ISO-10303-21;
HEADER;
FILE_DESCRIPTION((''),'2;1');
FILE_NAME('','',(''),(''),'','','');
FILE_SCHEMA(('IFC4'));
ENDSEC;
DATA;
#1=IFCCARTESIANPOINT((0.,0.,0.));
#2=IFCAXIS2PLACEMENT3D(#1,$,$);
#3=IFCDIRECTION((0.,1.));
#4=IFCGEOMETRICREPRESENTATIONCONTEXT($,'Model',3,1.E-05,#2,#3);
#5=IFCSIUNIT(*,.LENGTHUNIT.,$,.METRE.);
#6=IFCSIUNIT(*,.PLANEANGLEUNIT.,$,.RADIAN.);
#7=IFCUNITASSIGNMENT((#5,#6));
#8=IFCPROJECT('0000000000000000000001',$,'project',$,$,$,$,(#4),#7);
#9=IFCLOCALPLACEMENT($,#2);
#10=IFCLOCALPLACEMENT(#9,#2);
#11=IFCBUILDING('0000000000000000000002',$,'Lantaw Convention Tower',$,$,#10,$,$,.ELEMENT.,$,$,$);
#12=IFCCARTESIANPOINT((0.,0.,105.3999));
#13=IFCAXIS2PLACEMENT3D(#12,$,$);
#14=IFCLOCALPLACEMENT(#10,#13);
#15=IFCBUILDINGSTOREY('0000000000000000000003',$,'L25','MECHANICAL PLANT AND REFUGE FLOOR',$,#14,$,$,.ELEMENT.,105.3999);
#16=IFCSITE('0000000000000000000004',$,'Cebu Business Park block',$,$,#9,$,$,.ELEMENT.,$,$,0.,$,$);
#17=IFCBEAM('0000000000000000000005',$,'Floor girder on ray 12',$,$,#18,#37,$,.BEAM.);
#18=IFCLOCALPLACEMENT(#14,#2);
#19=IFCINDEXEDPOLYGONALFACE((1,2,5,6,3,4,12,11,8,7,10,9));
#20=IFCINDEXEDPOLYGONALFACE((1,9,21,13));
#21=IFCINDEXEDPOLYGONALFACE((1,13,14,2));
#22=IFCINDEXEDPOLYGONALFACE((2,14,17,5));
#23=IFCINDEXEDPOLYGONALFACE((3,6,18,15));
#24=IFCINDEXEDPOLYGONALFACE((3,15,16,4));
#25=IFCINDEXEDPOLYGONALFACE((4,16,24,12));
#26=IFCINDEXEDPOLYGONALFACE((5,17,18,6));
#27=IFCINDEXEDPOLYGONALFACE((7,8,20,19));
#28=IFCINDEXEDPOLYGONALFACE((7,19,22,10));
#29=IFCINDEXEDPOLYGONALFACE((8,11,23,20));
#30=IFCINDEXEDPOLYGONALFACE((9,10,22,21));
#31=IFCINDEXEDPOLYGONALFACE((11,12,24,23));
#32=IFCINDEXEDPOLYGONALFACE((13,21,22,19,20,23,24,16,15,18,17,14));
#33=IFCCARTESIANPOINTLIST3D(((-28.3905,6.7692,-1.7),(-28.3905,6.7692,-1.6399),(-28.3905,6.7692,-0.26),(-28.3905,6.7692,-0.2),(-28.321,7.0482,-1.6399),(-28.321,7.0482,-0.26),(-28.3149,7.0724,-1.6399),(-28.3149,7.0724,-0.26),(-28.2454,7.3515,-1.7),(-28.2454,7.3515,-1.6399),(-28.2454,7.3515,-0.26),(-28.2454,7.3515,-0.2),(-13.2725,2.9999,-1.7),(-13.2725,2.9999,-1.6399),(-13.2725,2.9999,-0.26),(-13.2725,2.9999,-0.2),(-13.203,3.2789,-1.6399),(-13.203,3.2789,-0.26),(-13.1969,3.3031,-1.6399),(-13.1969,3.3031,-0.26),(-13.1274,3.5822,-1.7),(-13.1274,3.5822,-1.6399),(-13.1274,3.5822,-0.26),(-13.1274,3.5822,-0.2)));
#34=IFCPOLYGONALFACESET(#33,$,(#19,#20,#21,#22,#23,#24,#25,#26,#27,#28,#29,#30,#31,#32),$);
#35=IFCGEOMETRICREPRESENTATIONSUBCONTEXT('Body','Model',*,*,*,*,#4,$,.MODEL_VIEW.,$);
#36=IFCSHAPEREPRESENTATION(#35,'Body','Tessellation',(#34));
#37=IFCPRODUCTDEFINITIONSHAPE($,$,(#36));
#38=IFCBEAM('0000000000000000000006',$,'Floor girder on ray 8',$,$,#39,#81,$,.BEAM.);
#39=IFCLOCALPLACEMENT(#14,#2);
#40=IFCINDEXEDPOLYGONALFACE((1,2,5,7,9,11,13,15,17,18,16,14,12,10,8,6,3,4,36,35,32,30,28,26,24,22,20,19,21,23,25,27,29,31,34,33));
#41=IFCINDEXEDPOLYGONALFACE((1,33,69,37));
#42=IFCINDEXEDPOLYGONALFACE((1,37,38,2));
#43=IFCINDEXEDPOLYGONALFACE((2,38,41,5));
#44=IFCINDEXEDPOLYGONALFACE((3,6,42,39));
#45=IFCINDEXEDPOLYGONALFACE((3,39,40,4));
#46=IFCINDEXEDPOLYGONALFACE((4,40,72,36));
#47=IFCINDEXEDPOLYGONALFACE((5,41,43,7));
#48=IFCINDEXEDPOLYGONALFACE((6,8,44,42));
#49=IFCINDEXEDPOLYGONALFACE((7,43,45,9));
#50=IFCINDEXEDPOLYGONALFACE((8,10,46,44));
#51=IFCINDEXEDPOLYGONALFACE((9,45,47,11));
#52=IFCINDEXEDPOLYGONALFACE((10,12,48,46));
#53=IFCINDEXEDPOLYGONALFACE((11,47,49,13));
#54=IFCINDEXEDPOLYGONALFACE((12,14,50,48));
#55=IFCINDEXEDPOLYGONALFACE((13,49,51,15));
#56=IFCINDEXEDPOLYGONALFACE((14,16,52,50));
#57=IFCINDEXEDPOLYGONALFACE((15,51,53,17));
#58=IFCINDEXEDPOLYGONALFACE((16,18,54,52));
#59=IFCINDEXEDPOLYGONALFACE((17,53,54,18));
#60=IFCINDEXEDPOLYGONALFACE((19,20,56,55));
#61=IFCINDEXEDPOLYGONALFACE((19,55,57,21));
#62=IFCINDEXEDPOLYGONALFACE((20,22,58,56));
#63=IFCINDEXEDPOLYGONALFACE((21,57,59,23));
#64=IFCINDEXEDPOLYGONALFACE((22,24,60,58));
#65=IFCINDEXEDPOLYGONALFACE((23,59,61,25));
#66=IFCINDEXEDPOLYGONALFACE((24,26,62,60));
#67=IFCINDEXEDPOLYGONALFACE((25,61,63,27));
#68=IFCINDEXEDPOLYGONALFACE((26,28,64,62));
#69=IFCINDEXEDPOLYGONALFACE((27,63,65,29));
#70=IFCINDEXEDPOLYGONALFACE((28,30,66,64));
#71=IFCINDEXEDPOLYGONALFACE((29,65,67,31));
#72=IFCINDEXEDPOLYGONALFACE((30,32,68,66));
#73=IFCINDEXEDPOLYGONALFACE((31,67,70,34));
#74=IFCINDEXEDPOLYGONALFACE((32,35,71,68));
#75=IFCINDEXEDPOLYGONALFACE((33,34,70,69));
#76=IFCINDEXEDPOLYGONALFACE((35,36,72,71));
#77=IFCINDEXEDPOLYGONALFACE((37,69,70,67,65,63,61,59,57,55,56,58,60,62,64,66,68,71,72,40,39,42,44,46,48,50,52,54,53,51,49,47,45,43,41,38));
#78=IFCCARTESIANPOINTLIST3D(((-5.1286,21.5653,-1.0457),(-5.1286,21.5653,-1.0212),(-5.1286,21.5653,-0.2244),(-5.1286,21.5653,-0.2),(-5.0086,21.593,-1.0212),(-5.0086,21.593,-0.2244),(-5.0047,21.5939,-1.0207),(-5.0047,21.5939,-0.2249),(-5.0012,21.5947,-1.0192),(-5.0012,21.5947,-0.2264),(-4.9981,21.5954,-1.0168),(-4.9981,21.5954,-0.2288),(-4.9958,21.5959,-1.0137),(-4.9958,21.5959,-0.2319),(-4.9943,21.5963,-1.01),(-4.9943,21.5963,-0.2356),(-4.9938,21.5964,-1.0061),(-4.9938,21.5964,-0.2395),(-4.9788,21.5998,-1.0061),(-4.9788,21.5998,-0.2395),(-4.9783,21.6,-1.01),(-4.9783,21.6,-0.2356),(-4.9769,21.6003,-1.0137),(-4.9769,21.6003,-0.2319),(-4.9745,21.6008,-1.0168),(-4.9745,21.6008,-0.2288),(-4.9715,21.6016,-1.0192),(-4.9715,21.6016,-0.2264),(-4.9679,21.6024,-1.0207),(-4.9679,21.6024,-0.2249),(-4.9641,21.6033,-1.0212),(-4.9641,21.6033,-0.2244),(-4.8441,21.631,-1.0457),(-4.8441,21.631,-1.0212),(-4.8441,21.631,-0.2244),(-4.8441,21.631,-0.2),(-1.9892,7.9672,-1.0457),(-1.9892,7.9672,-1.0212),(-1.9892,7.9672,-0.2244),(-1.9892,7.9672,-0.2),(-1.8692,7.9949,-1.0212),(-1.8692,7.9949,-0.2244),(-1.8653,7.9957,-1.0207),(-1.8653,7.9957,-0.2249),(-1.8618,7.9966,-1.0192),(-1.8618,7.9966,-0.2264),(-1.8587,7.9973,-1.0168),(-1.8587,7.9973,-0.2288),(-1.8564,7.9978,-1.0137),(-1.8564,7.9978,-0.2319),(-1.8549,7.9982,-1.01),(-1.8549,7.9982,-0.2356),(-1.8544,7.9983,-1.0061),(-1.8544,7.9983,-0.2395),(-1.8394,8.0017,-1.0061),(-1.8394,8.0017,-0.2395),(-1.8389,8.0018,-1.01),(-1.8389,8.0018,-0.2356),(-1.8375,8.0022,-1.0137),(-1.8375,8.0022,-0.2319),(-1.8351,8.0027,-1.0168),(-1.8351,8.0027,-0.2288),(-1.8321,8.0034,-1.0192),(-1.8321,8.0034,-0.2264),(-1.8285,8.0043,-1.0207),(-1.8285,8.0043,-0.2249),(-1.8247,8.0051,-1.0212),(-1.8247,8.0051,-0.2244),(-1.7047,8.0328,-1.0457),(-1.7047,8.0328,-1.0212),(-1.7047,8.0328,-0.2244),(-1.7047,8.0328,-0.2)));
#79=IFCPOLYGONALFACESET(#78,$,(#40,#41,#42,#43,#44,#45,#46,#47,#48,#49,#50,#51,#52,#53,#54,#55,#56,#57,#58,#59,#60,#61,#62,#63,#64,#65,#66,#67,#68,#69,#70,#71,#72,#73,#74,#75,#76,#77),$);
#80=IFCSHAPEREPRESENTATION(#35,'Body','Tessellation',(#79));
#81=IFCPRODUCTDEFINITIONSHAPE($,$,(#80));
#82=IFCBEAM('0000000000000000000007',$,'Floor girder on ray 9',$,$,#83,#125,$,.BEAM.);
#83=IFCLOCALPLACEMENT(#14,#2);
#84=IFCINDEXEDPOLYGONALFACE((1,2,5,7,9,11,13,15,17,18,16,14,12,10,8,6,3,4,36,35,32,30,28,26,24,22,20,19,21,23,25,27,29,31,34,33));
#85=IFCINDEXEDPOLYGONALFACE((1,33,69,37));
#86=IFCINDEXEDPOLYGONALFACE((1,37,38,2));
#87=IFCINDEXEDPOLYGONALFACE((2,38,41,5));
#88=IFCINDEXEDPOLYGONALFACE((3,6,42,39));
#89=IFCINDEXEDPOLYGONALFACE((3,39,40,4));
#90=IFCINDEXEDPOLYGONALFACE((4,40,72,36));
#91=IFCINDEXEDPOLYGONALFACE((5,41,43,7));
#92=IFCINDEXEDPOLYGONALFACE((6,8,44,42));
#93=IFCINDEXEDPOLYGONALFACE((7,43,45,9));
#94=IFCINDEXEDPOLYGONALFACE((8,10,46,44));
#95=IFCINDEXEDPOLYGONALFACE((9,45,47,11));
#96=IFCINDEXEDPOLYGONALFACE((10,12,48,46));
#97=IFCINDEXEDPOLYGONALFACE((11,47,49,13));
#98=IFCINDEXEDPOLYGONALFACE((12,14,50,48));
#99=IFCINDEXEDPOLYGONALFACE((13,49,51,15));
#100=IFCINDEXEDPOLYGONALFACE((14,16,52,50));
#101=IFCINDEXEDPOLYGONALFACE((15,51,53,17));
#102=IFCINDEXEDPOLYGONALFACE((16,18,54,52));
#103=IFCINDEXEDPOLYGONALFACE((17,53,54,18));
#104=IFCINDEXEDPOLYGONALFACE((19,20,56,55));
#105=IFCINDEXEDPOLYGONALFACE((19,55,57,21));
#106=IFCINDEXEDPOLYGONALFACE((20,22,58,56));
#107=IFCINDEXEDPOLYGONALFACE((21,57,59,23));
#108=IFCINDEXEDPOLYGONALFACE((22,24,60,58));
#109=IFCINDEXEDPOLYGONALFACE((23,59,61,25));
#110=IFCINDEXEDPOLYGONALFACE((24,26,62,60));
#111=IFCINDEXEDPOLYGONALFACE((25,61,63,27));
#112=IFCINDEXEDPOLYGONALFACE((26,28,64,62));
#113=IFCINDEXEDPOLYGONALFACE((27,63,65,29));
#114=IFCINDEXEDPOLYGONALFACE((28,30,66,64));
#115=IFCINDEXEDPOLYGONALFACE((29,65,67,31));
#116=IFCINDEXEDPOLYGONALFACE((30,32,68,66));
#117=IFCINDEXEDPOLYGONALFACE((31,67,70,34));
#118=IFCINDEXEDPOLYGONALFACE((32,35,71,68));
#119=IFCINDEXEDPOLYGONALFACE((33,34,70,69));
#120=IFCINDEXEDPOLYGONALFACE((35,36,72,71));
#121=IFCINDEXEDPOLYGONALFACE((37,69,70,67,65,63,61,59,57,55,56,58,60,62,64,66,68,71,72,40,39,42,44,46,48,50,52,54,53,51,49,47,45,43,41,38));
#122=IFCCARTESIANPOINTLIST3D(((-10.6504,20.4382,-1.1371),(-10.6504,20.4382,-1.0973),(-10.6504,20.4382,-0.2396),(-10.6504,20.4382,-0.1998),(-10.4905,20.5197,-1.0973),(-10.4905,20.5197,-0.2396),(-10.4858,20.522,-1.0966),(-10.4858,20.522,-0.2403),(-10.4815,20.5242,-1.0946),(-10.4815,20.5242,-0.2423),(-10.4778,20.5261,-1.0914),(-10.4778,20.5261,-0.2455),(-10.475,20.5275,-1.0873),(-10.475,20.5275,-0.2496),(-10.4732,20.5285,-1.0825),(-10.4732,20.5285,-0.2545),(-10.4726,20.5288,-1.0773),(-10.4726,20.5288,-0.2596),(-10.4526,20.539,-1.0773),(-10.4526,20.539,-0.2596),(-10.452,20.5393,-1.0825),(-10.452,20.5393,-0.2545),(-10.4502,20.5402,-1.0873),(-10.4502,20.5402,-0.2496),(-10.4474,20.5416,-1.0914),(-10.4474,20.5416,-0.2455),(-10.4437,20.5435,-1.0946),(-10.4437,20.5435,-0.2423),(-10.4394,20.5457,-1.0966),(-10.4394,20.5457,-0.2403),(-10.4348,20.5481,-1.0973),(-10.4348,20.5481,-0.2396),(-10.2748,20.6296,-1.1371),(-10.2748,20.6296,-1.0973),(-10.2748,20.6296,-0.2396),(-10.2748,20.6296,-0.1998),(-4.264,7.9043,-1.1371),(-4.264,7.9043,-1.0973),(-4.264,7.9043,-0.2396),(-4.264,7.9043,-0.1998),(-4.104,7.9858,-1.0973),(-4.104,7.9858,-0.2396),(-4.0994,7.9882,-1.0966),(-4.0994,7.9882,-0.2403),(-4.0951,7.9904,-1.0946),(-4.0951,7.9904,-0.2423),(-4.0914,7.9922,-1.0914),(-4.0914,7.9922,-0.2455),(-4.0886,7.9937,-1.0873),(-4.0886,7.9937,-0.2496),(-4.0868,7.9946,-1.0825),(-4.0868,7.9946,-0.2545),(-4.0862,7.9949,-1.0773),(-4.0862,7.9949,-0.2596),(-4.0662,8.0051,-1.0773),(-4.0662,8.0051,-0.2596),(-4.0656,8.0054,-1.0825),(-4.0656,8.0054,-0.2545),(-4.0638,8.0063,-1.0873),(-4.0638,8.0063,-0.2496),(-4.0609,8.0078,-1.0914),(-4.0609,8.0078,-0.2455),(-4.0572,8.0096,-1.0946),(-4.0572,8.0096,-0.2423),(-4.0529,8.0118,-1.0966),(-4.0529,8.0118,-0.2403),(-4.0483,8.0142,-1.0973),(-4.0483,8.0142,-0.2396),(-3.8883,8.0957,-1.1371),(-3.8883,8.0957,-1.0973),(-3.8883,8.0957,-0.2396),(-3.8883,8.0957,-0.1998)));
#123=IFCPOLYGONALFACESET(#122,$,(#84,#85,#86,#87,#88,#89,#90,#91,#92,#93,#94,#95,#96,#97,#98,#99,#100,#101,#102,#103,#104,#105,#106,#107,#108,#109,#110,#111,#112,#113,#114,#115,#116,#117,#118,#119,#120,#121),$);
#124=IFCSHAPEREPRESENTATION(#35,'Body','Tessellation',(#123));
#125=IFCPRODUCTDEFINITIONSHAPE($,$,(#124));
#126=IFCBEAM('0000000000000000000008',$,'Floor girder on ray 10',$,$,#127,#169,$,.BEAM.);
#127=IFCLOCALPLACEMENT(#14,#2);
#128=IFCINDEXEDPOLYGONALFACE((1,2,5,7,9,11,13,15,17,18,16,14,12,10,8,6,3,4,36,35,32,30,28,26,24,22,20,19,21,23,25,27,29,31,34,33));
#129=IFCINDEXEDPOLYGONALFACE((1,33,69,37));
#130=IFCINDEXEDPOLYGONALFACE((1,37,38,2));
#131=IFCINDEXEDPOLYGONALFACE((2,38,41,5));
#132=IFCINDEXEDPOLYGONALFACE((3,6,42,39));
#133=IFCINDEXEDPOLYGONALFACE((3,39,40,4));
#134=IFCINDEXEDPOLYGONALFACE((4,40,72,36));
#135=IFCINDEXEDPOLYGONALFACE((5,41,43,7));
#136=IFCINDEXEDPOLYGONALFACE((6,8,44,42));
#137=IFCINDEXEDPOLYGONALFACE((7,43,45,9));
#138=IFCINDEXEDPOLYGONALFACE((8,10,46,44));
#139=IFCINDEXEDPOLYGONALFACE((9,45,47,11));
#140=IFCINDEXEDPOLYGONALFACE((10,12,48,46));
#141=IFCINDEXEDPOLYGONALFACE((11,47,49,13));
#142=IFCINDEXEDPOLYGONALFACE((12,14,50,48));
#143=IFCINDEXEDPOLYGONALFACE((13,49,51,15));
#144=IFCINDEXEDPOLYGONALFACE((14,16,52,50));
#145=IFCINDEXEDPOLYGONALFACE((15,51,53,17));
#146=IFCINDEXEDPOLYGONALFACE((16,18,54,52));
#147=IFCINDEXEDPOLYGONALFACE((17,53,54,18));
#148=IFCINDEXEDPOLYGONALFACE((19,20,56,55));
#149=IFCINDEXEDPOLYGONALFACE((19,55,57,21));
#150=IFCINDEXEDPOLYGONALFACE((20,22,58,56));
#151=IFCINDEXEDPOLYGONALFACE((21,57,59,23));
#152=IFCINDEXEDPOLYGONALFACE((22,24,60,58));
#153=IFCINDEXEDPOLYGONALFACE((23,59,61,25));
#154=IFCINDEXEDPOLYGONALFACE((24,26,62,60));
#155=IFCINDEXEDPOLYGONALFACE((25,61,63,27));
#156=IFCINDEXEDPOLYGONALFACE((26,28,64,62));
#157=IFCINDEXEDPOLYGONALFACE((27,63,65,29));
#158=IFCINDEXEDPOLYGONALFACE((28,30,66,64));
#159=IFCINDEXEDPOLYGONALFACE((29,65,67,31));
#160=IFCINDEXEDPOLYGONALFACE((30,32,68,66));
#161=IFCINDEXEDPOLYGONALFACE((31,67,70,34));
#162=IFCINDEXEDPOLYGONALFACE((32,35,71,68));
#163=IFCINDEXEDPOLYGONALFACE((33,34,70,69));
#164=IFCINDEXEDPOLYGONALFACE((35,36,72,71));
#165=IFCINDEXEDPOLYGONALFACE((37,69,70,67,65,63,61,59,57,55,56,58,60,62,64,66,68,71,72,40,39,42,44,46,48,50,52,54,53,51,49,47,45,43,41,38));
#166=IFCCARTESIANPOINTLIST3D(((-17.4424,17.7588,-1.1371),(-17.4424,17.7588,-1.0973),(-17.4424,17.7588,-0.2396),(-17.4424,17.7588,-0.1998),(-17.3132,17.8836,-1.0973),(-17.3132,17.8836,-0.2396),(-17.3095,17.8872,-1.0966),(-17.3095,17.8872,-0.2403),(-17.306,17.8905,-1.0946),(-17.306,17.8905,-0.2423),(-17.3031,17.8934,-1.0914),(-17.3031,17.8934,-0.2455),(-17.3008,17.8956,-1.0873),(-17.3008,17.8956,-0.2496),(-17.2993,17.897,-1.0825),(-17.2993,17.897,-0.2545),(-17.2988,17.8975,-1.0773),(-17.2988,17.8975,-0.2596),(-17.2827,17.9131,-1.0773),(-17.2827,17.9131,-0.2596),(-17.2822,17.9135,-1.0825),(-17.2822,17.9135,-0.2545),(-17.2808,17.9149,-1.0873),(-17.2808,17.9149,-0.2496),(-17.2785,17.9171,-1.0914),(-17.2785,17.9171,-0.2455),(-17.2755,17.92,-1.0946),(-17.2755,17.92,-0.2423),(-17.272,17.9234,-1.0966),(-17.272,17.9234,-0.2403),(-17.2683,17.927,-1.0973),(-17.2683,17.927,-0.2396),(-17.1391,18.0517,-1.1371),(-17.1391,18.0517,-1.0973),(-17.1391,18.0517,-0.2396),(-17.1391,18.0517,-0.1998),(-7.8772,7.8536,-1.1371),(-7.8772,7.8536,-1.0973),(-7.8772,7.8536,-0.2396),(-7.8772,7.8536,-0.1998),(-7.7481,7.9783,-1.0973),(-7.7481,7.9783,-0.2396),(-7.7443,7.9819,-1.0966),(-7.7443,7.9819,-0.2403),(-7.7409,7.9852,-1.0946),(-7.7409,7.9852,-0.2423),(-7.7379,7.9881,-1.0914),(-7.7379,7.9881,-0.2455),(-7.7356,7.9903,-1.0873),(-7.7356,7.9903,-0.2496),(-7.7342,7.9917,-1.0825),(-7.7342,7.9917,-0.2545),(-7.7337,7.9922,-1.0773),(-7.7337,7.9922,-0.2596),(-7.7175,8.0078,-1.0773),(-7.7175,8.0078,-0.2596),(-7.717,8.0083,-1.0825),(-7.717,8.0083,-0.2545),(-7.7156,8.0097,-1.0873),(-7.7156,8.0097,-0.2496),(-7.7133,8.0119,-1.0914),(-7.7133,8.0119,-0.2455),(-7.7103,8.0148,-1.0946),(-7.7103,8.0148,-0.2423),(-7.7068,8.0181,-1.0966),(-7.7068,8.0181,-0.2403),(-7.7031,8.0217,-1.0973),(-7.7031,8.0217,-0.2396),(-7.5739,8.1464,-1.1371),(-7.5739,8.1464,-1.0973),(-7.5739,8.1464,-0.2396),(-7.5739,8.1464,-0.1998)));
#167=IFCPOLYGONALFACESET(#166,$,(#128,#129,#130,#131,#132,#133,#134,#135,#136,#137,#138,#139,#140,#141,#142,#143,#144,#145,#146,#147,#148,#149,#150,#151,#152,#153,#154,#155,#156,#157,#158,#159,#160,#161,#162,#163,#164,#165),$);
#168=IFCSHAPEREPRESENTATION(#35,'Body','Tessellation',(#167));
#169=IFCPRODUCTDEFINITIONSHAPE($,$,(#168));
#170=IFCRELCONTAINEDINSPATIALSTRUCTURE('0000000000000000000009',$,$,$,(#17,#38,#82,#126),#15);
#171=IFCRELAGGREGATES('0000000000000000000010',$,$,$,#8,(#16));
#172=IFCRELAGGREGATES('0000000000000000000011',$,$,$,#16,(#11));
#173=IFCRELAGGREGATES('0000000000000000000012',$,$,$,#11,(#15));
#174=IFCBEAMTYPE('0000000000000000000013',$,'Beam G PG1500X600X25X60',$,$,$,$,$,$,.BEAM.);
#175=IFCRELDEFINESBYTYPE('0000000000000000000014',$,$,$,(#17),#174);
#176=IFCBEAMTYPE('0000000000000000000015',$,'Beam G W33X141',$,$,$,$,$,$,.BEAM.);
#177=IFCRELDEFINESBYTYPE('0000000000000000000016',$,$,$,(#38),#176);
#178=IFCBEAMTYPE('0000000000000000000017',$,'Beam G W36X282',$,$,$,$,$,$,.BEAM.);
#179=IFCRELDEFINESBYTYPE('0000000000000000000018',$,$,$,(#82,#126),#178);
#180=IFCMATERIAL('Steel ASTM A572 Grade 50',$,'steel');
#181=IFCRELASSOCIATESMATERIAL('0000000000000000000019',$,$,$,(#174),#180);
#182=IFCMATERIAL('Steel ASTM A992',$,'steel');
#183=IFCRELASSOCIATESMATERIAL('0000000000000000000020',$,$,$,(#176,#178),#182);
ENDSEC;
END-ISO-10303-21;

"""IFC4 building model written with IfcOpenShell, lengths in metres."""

from ifc_helpers import new_model, si_unit, direction, frame, origin, origin_2d, place, context, subcontext, project, spatial, i_section, extrude, material, material_profile, profile_set, type_object, element, save


model = new_model("IFC4")

# Units and contexts
model_context = context("Model", 3, precision=1e-05, world=origin(), true_north=direction((0.0, 1.0)))
body_context = subcontext(model_context, "Body", "Model", "MODEL_VIEW")
ifc_project = project(units=[si_unit("LENGTHUNIT", "METRE"), si_unit("PLANEANGLEUNIT", "RADIAN")], contexts=[model_context])

# Site, building, storey
site_placement = place(None, origin())
site = spatial("IfcSite", under=ifc_project, at=site_placement, Name="Cebu Business Park block", CompositionType="ELEMENT", RefElevation=0.0)
building_placement = place(site_placement, origin())
building = spatial("IfcBuilding", under=site, at=building_placement, Name="Lantaw Convention Tower", CompositionType="ELEMENT")
storey_placement = place(building_placement, frame((0.0, 0.0, 105.3999)))
storey = spatial("IfcBuildingStorey", under=building, at=storey_placement, Name="L25", Description="MECHANICAL PLANT AND REFUGE FLOOR", CompositionType="ELEMENT", Elevation=105.3999)

# Beams
ifc_material_1 = material(Name="Steel ASTM A572 Grade 50", Category="steel")
ifc_material_profile_1 = material_profile(ifc_material_1, i_section(OverallWidth=0.6001, OverallDepth=1.5, WebThickness=0.0249, FlangeThickness=0.0601, at=origin_2d()), Name="PG1500X600X25X60")
ifc_profile_set_1 = profile_set([ifc_material_profile_1], Name="Steel ASTM A572 Grade 50")
beam_type_1 = type_object("IfcBeamType", Name="Beam G PG1500X600X25X60", PredefinedType="BEAM", material=ifc_profile_set_1)
beam_1_placement = place(storey_placement, frame((-13.2, 3.291, -0.95), z_axis=(-0.970296, 0.24192, 0.0), x_axis=(-0.24192, -0.970296, 0.0)))
element("IfcBeam", 1, at=beam_1_placement, inside=storey, type_object=beam_type_1, Name="Floor girder on ray 12", PredefinedType="BEAM", context=body_context, shape_type="SweptSolid", body=[
    extrude(i_section(OverallWidth=0.6001, OverallDepth=1.5, WebThickness=0.0249, FlangeThickness=0.0601, at=origin_2d()), origin(), (0.0, 0.0, 1.0), 15.5808),
])
ifc_material_2 = material(Name="Steel ASTM A992", Category="steel")
ifc_material_profile_2 = material_profile(ifc_material_2, i_section(OverallWidth=0.292, OverallDepth=0.8457, WebThickness=0.0154, FlangeThickness=0.0244, FilletRadius=0.0151, at=origin_2d()), Name="W33X141")
ifc_profile_set_2 = profile_set([ifc_material_profile_2], Name="Steel ASTM A992")
beam_type_2 = type_object("IfcBeamType", Name="Beam G W33X141", PredefinedType="BEAM", material=ifc_profile_set_2)
beam_2_placement = place(storey_placement, frame((-1.8469, 8.0, -0.6228), z_axis=(-0.224953, 0.97437, 0.0), x_axis=(-0.97437, -0.224953, 0.0)))
element("IfcBeam", 2, at=beam_2_placement, inside=storey, type_object=beam_type_2, Name="Floor girder on ray 8", PredefinedType="BEAM", context=body_context, shape_type="SweptSolid", body=[
    extrude(i_section(OverallWidth=0.292, OverallDepth=0.8457, WebThickness=0.0154, FlangeThickness=0.0244, FilletRadius=0.0151, at=origin_2d()), origin(), (0.0, 0.0, 1.0), 13.9558),
])
ifc_material_profile_3 = material_profile(ifc_material_2, i_section(OverallWidth=0.4216, OverallDepth=0.9373, WebThickness=0.0225, FlangeThickness=0.0398, FilletRadius=0.02, at=origin_2d()), Name="W36X282")
ifc_profile_set_3 = profile_set([ifc_material_profile_3], Name="Steel ASTM A992")
beam_type_3 = type_object("IfcBeamType", Name="Beam G W36X282", PredefinedType="BEAM", material=ifc_profile_set_3)
beam_3_placement = place(storey_placement, frame((-4.0762, 8.0, -0.6685), z_axis=(-0.453997, 0.891003, 0.0), x_axis=(-0.891003, -0.453997, 0.0)))
element("IfcBeam", 3, at=beam_3_placement, inside=storey, type_object=beam_type_3, Name="Floor girder on ray 9", PredefinedType="BEAM", context=body_context, shape_type="SweptSolid", body=[
    extrude(i_section(OverallWidth=0.4216, OverallDepth=0.9373, WebThickness=0.0225, FlangeThickness=0.0398, FilletRadius=0.02, at=origin_2d()), origin(), (0.0, 0.0, 1.0), 14.0671),
])
beam_4_placement = place(storey_placement, frame((-7.7256, 8.0, -0.6685), z_axis=(-0.69465, 0.719348, 0.0), x_axis=(-0.719348, -0.69465, 0.0)))
element("IfcBeam", 4, at=beam_4_placement, inside=storey, type_object=beam_type_3, Name="Floor girder on ray 10", PredefinedType="BEAM", context=body_context, shape_type="SweptSolid", body=[
    extrude(i_section(OverallWidth=0.4216, OverallDepth=0.9373, WebThickness=0.0225, FlangeThickness=0.0398, FilletRadius=0.02, at=origin_2d()), origin(), (0.0, 0.0, 1.0), 13.7698),
])

save(model, "model.ifc")
